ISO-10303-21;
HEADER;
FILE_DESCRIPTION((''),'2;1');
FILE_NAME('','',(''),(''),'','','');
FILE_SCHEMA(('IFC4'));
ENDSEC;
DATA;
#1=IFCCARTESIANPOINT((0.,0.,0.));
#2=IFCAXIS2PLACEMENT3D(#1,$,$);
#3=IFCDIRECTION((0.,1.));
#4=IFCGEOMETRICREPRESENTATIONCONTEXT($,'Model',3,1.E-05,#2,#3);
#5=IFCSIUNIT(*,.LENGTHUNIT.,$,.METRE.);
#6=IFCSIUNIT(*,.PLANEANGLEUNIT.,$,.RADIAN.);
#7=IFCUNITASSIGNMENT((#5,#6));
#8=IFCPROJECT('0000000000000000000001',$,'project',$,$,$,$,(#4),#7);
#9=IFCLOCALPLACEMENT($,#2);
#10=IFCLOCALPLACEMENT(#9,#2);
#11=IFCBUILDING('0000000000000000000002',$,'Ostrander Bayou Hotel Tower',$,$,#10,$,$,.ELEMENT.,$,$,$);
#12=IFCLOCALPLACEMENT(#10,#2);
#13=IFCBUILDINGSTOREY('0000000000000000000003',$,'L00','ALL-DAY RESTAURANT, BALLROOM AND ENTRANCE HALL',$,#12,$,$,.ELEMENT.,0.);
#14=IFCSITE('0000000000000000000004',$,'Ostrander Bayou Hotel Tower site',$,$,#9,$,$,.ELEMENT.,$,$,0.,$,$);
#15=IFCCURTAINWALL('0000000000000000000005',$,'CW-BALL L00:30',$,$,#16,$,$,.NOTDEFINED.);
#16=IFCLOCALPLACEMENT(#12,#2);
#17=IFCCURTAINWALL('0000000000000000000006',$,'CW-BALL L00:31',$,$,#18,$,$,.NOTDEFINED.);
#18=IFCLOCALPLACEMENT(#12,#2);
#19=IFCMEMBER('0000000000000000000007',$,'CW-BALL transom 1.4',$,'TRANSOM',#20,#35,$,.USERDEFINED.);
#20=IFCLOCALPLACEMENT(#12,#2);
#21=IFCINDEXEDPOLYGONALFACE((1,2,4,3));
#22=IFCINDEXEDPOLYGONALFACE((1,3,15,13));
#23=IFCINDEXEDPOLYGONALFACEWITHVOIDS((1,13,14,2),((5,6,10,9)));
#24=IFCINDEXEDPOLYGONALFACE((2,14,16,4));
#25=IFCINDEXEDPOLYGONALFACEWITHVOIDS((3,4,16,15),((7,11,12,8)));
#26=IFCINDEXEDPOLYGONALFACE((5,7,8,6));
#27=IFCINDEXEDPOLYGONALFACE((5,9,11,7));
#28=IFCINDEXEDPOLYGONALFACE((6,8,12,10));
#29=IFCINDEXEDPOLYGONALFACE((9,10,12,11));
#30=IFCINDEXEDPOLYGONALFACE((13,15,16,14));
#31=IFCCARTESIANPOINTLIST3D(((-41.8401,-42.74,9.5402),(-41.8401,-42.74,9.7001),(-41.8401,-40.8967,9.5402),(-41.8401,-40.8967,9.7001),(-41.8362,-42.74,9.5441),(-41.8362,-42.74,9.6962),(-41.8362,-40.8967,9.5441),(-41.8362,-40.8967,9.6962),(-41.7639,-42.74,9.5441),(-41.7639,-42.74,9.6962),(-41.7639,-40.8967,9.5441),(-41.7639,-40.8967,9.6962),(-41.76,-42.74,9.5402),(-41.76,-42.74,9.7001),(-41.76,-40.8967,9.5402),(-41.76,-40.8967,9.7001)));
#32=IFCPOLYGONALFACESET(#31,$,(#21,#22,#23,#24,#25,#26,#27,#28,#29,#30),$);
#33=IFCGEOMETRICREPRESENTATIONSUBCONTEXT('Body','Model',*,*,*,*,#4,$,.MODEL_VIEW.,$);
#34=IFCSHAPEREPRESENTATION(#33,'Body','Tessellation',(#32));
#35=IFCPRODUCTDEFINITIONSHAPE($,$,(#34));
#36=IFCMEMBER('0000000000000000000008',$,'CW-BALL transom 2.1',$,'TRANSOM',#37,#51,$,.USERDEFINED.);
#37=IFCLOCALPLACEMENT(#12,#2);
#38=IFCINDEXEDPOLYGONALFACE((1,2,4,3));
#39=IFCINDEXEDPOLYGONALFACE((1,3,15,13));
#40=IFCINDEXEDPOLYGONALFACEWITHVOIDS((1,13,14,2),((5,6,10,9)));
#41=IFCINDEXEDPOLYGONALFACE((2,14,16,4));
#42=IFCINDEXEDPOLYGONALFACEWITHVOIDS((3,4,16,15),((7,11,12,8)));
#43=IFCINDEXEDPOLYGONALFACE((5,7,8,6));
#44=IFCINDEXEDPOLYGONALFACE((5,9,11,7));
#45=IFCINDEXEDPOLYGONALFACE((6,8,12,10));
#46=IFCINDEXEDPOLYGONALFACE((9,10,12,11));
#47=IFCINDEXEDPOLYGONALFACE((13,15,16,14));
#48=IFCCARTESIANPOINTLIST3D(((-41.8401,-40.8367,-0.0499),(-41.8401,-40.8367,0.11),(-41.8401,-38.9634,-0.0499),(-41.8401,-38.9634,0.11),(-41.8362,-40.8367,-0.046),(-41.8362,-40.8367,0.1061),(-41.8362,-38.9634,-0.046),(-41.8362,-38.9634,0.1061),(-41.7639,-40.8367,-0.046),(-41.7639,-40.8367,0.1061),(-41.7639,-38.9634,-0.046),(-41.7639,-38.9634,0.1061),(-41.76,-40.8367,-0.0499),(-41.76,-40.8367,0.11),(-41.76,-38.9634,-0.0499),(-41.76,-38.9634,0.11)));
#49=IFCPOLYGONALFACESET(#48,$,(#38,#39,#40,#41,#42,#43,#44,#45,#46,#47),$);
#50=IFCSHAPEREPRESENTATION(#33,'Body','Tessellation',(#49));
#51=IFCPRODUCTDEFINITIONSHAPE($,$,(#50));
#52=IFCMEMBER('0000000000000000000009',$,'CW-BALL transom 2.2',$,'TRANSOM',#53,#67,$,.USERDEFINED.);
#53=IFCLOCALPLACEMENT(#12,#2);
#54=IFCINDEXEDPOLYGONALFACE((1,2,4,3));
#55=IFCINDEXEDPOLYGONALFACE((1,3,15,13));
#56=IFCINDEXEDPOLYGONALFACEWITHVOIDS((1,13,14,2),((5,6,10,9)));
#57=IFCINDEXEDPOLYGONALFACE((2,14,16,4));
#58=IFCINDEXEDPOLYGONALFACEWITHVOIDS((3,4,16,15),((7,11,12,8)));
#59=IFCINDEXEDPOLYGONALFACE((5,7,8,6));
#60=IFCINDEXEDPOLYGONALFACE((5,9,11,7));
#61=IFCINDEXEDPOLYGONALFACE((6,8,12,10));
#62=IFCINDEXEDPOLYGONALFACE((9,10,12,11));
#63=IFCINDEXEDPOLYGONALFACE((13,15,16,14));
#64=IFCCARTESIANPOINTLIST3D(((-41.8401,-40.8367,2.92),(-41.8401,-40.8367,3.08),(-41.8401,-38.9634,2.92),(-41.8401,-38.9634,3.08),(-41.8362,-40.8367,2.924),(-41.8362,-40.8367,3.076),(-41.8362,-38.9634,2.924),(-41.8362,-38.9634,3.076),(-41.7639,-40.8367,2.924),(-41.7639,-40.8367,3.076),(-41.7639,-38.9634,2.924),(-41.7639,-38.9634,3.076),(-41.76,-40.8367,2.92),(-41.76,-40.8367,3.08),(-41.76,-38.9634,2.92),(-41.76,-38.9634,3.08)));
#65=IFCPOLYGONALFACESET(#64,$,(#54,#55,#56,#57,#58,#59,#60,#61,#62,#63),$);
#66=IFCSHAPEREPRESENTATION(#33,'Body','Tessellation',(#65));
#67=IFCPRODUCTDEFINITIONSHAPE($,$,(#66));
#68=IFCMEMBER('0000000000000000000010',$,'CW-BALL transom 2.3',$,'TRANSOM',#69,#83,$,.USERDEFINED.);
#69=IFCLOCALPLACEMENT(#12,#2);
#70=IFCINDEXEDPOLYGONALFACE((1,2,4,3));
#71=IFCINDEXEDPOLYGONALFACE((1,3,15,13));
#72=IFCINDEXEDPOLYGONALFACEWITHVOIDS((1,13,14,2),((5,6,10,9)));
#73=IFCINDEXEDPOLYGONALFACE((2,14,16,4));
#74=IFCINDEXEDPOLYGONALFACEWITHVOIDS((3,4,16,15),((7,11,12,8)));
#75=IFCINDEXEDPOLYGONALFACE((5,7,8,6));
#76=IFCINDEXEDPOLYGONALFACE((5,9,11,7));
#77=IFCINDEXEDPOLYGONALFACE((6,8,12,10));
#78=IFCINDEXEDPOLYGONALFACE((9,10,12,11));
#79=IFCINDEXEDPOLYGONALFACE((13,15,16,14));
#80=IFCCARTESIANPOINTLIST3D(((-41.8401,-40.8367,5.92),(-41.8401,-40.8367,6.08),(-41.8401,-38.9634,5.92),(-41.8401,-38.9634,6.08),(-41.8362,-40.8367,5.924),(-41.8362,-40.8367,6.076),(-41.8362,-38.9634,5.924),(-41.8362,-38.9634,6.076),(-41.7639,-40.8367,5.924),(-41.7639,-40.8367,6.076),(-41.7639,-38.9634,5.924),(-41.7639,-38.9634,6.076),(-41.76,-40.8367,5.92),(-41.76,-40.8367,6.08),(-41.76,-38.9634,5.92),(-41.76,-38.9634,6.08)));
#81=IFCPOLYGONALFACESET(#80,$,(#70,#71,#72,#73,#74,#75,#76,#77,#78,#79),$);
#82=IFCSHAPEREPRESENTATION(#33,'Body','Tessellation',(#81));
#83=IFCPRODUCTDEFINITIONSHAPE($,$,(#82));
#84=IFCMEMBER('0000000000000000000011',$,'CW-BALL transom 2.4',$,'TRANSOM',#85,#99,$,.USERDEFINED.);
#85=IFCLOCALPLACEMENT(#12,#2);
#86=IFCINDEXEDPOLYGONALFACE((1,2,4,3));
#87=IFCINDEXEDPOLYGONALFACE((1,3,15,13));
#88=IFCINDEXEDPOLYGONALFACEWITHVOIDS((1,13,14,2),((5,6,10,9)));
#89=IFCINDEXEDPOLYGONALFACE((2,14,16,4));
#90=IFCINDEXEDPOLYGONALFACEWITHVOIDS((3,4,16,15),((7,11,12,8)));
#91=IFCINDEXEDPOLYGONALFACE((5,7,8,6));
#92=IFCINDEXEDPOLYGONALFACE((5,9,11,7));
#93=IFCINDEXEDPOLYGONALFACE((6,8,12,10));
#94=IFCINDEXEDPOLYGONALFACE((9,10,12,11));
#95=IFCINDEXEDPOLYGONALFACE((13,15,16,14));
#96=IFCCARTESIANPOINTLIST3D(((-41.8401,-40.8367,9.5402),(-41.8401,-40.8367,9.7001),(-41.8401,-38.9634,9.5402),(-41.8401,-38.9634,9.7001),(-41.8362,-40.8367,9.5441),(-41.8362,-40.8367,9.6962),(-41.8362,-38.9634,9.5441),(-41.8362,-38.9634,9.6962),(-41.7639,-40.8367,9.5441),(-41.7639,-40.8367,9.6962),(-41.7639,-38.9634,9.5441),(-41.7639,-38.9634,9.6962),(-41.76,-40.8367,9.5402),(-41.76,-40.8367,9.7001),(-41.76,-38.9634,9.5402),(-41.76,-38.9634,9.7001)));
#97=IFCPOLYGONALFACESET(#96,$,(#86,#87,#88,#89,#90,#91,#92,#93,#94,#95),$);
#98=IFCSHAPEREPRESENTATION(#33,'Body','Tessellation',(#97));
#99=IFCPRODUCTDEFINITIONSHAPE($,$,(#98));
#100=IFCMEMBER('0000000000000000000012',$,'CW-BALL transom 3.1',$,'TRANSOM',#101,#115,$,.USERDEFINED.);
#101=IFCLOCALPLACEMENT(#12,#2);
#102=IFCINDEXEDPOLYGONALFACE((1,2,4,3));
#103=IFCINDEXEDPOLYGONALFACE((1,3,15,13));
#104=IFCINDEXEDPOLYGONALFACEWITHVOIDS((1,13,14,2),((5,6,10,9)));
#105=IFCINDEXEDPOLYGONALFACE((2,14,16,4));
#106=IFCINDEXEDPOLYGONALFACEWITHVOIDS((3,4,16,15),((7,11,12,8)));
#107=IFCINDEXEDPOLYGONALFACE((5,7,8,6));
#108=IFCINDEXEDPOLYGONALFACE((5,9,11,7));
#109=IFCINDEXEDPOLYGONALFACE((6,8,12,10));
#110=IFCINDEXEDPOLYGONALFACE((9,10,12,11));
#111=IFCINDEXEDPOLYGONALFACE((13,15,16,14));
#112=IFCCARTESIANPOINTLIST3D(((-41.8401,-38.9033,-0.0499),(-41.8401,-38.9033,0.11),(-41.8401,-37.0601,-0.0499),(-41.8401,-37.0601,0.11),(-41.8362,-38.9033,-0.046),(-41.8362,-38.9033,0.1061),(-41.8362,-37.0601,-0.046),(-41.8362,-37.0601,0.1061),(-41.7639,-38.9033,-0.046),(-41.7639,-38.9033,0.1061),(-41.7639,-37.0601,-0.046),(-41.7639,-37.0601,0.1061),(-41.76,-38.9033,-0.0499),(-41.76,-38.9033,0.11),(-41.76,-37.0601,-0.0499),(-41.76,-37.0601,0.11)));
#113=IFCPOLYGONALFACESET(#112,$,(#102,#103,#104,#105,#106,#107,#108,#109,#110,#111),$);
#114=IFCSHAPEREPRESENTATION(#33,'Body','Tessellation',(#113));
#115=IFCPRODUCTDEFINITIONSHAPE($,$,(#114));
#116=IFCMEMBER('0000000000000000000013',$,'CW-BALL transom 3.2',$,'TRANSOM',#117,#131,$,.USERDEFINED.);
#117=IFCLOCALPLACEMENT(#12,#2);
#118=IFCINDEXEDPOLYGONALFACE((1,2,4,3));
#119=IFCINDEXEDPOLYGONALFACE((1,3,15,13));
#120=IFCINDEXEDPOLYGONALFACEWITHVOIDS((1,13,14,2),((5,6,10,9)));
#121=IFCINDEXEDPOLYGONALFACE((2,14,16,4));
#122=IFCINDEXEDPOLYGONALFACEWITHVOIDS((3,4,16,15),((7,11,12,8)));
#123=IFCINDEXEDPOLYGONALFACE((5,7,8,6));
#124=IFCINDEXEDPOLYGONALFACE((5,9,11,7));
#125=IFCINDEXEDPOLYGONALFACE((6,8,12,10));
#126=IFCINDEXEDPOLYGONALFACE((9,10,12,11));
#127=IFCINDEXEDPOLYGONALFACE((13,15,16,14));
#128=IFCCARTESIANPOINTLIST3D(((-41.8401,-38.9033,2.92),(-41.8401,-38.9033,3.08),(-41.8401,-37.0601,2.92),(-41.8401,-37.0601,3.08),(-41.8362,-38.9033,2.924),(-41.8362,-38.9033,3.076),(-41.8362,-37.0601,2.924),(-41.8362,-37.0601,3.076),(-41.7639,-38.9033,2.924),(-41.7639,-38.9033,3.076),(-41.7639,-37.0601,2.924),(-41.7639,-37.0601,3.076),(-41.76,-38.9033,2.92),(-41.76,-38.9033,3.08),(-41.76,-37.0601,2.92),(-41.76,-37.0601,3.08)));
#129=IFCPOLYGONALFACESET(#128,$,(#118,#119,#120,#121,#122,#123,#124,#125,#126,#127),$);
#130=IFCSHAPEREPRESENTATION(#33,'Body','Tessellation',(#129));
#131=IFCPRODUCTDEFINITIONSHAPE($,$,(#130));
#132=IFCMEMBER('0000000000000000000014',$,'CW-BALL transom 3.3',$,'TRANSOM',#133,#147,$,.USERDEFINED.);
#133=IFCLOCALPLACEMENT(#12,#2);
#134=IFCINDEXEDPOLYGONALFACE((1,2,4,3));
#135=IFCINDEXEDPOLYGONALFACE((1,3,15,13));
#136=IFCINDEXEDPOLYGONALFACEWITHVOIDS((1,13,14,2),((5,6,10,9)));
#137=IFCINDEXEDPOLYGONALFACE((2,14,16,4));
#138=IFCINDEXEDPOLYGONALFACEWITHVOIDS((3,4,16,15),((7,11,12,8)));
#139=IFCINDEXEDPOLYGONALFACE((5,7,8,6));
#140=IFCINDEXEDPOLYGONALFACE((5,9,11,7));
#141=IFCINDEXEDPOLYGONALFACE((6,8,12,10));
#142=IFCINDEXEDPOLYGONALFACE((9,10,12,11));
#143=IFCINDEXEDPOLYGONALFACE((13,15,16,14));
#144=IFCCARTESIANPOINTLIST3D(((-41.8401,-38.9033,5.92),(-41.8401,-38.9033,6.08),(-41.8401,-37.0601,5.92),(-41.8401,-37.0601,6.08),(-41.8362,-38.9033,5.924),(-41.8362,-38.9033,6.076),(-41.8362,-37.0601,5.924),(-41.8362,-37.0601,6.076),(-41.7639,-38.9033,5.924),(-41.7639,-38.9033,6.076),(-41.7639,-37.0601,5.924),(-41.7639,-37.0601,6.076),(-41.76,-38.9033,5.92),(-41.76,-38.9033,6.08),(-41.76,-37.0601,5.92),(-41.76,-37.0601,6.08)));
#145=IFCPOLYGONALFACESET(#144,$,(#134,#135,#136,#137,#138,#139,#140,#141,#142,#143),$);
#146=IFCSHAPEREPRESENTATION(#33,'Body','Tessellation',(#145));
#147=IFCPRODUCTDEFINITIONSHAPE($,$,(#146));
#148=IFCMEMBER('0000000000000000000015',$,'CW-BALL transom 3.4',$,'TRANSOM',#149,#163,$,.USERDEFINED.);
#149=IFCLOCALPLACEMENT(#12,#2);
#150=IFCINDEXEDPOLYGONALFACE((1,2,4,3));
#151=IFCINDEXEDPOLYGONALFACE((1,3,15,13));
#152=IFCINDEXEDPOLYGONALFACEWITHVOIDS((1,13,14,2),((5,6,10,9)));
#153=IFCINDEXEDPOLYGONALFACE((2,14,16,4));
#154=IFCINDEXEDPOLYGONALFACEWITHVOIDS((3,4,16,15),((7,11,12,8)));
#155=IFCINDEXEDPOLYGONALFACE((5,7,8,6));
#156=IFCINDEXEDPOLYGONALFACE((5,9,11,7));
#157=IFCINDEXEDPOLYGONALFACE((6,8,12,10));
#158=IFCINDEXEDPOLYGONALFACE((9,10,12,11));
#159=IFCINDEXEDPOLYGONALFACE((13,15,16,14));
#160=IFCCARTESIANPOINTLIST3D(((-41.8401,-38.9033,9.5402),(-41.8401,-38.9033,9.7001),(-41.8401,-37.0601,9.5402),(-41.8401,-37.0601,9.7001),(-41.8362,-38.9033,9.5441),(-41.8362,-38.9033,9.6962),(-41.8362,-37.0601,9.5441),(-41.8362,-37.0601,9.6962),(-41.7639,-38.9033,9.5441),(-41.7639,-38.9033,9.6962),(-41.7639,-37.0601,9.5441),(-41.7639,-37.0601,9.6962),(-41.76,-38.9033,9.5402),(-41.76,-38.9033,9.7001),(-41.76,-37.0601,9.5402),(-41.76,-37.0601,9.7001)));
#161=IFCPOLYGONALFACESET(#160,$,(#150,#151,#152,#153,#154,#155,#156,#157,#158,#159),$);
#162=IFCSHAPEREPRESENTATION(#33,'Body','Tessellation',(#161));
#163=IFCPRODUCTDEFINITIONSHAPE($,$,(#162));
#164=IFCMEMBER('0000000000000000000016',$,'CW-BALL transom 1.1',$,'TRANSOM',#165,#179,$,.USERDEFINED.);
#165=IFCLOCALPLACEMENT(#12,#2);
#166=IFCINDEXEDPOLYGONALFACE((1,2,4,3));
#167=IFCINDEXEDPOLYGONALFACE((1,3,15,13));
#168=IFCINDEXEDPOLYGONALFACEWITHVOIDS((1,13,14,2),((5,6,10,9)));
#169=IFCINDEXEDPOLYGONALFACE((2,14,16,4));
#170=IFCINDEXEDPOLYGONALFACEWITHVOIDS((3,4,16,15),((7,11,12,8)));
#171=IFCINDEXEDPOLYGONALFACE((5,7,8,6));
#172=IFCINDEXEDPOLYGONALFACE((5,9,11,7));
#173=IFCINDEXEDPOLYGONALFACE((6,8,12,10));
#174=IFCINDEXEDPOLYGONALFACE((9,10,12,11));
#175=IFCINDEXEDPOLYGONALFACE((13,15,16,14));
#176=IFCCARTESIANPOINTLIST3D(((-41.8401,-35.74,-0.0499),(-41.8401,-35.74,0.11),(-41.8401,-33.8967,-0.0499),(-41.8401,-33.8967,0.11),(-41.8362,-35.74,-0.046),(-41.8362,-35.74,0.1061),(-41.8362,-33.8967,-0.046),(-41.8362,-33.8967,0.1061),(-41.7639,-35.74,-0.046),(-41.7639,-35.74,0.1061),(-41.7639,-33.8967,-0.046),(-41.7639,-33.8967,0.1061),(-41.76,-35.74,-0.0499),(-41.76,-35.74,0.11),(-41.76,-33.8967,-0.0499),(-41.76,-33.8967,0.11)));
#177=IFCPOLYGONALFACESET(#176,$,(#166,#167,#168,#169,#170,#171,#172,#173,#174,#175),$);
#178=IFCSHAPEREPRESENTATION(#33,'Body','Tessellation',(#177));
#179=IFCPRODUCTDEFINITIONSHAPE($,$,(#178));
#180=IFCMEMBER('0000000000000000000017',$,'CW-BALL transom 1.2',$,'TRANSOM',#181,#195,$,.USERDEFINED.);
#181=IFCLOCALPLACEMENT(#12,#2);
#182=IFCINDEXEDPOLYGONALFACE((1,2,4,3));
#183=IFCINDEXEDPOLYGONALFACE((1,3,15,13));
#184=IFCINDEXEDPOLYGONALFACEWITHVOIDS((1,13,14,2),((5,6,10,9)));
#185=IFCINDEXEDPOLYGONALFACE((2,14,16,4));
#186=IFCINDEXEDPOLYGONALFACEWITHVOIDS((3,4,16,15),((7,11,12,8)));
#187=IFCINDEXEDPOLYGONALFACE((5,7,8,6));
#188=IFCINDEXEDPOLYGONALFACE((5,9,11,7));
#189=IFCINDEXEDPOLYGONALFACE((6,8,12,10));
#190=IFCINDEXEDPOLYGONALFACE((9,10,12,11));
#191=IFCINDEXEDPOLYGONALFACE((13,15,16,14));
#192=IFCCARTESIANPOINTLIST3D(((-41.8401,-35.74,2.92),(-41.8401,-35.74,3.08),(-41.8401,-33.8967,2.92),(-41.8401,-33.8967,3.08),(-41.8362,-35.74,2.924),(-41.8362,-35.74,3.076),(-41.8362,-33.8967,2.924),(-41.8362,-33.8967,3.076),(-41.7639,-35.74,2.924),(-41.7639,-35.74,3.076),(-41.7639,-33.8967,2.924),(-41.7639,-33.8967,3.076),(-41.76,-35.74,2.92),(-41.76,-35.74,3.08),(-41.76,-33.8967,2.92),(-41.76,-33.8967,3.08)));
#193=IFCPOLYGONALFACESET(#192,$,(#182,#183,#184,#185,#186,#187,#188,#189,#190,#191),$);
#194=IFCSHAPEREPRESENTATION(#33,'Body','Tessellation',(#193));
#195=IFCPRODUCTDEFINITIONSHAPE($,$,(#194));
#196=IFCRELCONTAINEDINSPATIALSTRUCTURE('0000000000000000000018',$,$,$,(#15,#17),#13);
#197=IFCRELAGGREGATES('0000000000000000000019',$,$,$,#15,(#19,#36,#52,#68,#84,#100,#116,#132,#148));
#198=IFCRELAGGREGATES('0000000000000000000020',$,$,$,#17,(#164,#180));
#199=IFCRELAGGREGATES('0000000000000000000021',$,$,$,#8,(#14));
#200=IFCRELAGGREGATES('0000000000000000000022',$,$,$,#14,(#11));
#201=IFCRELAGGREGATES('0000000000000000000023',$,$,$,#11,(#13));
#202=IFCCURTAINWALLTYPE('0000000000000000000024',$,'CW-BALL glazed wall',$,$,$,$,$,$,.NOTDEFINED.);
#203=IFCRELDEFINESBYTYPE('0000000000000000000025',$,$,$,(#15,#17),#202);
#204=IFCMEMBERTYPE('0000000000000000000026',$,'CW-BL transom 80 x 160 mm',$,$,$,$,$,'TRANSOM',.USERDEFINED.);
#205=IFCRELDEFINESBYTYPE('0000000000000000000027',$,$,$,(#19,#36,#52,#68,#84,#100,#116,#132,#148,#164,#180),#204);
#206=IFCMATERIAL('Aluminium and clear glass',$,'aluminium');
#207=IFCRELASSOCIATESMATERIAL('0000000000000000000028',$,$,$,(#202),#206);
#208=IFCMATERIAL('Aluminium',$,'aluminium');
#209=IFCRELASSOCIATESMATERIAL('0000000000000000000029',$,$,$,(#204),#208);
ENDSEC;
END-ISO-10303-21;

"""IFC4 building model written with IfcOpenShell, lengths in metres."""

from ifc_helpers import new_model, si_unit, direction, frame, origin, origin_2d, place, context, subcontext, project, spatial, hollow_rectangle, extrude, material, material_profile, profile_set, type_object, element, aggregate, save


model = new_model("IFC4")

# Units and contexts
model_context = context("Model", 3, precision=1e-05, world=origin(), true_north=direction((0.0, 1.0)))
body_context = subcontext(model_context, "Body", "Model", "MODEL_VIEW")
ifc_project = project(units=[si_unit("LENGTHUNIT", "METRE"), si_unit("PLANEANGLEUNIT", "RADIAN")], contexts=[model_context])

# Site, building, storey
site_placement = place(None, origin())
site = spatial("IfcSite", under=ifc_project, at=site_placement, Name="Ostrander Bayou Hotel Tower site", CompositionType="ELEMENT", RefElevation=0.0)
building_placement = place(site_placement, origin())
building = spatial("IfcBuilding", under=site, at=building_placement, Name="Ostrander Bayou Hotel Tower", CompositionType="ELEMENT")
storey_placement = place(building_placement, origin())
storey = spatial("IfcBuildingStorey", under=building, at=storey_placement, Name="L00", Description="ALL-DAY RESTAURANT, BALLROOM AND ENTRANCE HALL", CompositionType="ELEMENT", Elevation=0.0)

# Shared definitions
ifc_material_1 = material(Name="Aluminium and clear glass", Category="aluminium")
curtain_wall_type = type_object("IfcCurtainWallType", Name="CW-BALL glazed wall", PredefinedType="NOTDEFINED", material=ifc_material_1)

# Curtain wall
curtain_wall_1_placement = place(storey_placement, origin())
curtain_wall_1 = element("IfcCurtainWall", 1, at=curtain_wall_1_placement, inside=storey, type_object=curtain_wall_type, Name="CW-BALL L00:30", PredefinedType="NOTDEFINED")

# Curtain wall
curtain_wall_2_placement = place(storey_placement, origin())
curtain_wall_2 = element("IfcCurtainWall", 2, at=curtain_wall_2_placement, inside=storey, type_object=curtain_wall_type, Name="CW-BALL L00:31", PredefinedType="NOTDEFINED")

# Members
ifc_material_2 = material(Name="Aluminium", Category="aluminium")
ifc_material_profile_1 = material_profile(ifc_material_2, hollow_rectangle(XDim=0.0801, YDim=0.1599, WallThickness=0.0039, at=origin_2d()))
ifc_profile_set_1 = profile_set([ifc_material_profile_1], Name="Aluminium")
member_type_1 = type_object("IfcMemberType", Name="CW-BL transom 80 x 160 mm", ElementType="TRANSOM", PredefinedType="USERDEFINED", material=ifc_profile_set_1)
member_1_placement = place(storey_placement, frame((-41.8, -42.74, 9.6201), z_axis=(0.0, 1.0, 0.0), x_axis=(-1.0, 0.0, 0.0)))
member_1 = element("IfcMember", 3, at=member_1_placement, type_object=member_type_1, Name="CW-BALL transom 1.4", ObjectType="TRANSOM", PredefinedType="USERDEFINED", context=body_context, shape_type="SweptSolid", body=[
    extrude(hollow_rectangle(XDim=0.0801, YDim=0.1599, WallThickness=0.0039, at=origin_2d()), origin(), (0.0, 0.0, 1.0), 1.8433),
])
member_2_placement = place(storey_placement, frame((-41.8, -40.8367, 0.03), z_axis=(0.0, 1.0, 0.0), x_axis=(-1.0, 0.0, 0.0)))
member_2 = element("IfcMember", 4, at=member_2_placement, type_object=member_type_1, Name="CW-BALL transom 2.1", ObjectType="TRANSOM", PredefinedType="USERDEFINED", context=body_context, shape_type="SweptSolid", body=[
    extrude(hollow_rectangle(XDim=0.0801, YDim=0.1599, WallThickness=0.0039, at=origin_2d()), origin(), (0.0, 0.0, 1.0), 1.8733),
])
member_3_placement = place(storey_placement, frame((-41.8, -40.8367, 3.0), z_axis=(0.0, 1.0, 0.0), x_axis=(-1.0, 0.0, 0.0)))
member_3 = element("IfcMember", 5, at=member_3_placement, type_object=member_type_1, Name="CW-BALL transom 2.2", ObjectType="TRANSOM", PredefinedType="USERDEFINED", context=body_context, shape_type="SweptSolid", body=[
    extrude(hollow_rectangle(XDim=0.0801, YDim=0.1599, WallThickness=0.0039, at=origin_2d()), origin(), (0.0, 0.0, 1.0), 1.8733),
])
member_4_placement = place(storey_placement, frame((-41.8, -40.8367, 6.0), z_axis=(0.0, 1.0, 0.0), x_axis=(-1.0, 0.0, 0.0)))
member_4 = element("IfcMember", 6, at=member_4_placement, type_object=member_type_1, Name="CW-BALL transom 2.3", ObjectType="TRANSOM", PredefinedType="USERDEFINED", context=body_context, shape_type="SweptSolid", body=[
    extrude(hollow_rectangle(XDim=0.0801, YDim=0.1599, WallThickness=0.0039, at=origin_2d()), origin(), (0.0, 0.0, 1.0), 1.8733),
])
member_5_placement = place(storey_placement, frame((-41.8, -40.8367, 9.6201), z_axis=(0.0, 1.0, 0.0), x_axis=(-1.0, 0.0, 0.0)))
member_5 = element("IfcMember", 7, at=member_5_placement, type_object=member_type_1, Name="CW-BALL transom 2.4", ObjectType="TRANSOM", PredefinedType="USERDEFINED", context=body_context, shape_type="SweptSolid", body=[
    extrude(hollow_rectangle(XDim=0.0801, YDim=0.1599, WallThickness=0.0039, at=origin_2d()), origin(), (0.0, 0.0, 1.0), 1.8733),
])
member_6_placement = place(storey_placement, frame((-41.8, -38.9033, 0.03), z_axis=(0.0, 1.0, 0.0), x_axis=(-1.0, 0.0, 0.0)))
member_6 = element("IfcMember", 8, at=member_6_placement, type_object=member_type_1, Name="CW-BALL transom 3.1", ObjectType="TRANSOM", PredefinedType="USERDEFINED", context=body_context, shape_type="SweptSolid", body=[
    extrude(hollow_rectangle(XDim=0.0801, YDim=0.1599, WallThickness=0.0039, at=origin_2d()), origin(), (0.0, 0.0, 1.0), 1.8433),
])
member_7_placement = place(storey_placement, frame((-41.8, -38.9033, 3.0), z_axis=(0.0, 1.0, 0.0), x_axis=(-1.0, 0.0, 0.0)))
member_7 = element("IfcMember", 9, at=member_7_placement, type_object=member_type_1, Name="CW-BALL transom 3.2", ObjectType="TRANSOM", PredefinedType="USERDEFINED", context=body_context, shape_type="SweptSolid", body=[
    extrude(hollow_rectangle(XDim=0.0801, YDim=0.1599, WallThickness=0.0039, at=origin_2d()), origin(), (0.0, 0.0, 1.0), 1.8433),
])
member_8_placement = place(storey_placement, frame((-41.8, -38.9033, 6.0), z_axis=(0.0, 1.0, 0.0), x_axis=(-1.0, 0.0, 0.0)))
member_8 = element("IfcMember", 10, at=member_8_placement, type_object=member_type_1, Name="CW-BALL transom 3.3", ObjectType="TRANSOM", PredefinedType="USERDEFINED", context=body_context, shape_type="SweptSolid", body=[
    extrude(hollow_rectangle(XDim=0.0801, YDim=0.1599, WallThickness=0.0039, at=origin_2d()), origin(), (0.0, 0.0, 1.0), 1.8433),
])
member_9_placement = place(storey_placement, frame((-41.8, -38.9033, 9.6201), z_axis=(0.0, 1.0, 0.0), x_axis=(-1.0, 0.0, 0.0)))
member_9 = element("IfcMember", 11, at=member_9_placement, type_object=member_type_1, Name="CW-BALL transom 3.4", ObjectType="TRANSOM", PredefinedType="USERDEFINED", context=body_context, shape_type="SweptSolid", body=[
    extrude(hollow_rectangle(XDim=0.0801, YDim=0.1599, WallThickness=0.0039, at=origin_2d()), origin(), (0.0, 0.0, 1.0), 1.8433),
])
member_10_placement = place(storey_placement, frame((-41.8, -35.74, 0.03), z_axis=(0.0, 1.0, 0.0), x_axis=(-1.0, 0.0, 0.0)))
member_10 = element("IfcMember", 12, at=member_10_placement, type_object=member_type_1, Name="CW-BALL transom 1.1", ObjectType="TRANSOM", PredefinedType="USERDEFINED", context=body_context, shape_type="SweptSolid", body=[
    extrude(hollow_rectangle(XDim=0.0801, YDim=0.1599, WallThickness=0.0039, at=origin_2d()), origin(), (0.0, 0.0, 1.0), 1.8433),
])
member_11_placement = place(storey_placement, frame((-41.8, -35.74, 3.0), z_axis=(0.0, 1.0, 0.0), x_axis=(-1.0, 0.0, 0.0)))
member_11 = element("IfcMember", 13, at=member_11_placement, type_object=member_type_1, Name="CW-BALL transom 1.2", ObjectType="TRANSOM", PredefinedType="USERDEFINED", context=body_context, shape_type="SweptSolid", body=[
    extrude(hollow_rectangle(XDim=0.0801, YDim=0.1599, WallThickness=0.0039, at=origin_2d()), origin(), (0.0, 0.0, 1.0), 1.8433),
])

aggregate(curtain_wall_1, [member_1, member_2, member_3, member_4, member_5, member_6, member_7, member_8, member_9])
aggregate(curtain_wall_2, [member_10, member_11])

save(model, "model.ifc")
